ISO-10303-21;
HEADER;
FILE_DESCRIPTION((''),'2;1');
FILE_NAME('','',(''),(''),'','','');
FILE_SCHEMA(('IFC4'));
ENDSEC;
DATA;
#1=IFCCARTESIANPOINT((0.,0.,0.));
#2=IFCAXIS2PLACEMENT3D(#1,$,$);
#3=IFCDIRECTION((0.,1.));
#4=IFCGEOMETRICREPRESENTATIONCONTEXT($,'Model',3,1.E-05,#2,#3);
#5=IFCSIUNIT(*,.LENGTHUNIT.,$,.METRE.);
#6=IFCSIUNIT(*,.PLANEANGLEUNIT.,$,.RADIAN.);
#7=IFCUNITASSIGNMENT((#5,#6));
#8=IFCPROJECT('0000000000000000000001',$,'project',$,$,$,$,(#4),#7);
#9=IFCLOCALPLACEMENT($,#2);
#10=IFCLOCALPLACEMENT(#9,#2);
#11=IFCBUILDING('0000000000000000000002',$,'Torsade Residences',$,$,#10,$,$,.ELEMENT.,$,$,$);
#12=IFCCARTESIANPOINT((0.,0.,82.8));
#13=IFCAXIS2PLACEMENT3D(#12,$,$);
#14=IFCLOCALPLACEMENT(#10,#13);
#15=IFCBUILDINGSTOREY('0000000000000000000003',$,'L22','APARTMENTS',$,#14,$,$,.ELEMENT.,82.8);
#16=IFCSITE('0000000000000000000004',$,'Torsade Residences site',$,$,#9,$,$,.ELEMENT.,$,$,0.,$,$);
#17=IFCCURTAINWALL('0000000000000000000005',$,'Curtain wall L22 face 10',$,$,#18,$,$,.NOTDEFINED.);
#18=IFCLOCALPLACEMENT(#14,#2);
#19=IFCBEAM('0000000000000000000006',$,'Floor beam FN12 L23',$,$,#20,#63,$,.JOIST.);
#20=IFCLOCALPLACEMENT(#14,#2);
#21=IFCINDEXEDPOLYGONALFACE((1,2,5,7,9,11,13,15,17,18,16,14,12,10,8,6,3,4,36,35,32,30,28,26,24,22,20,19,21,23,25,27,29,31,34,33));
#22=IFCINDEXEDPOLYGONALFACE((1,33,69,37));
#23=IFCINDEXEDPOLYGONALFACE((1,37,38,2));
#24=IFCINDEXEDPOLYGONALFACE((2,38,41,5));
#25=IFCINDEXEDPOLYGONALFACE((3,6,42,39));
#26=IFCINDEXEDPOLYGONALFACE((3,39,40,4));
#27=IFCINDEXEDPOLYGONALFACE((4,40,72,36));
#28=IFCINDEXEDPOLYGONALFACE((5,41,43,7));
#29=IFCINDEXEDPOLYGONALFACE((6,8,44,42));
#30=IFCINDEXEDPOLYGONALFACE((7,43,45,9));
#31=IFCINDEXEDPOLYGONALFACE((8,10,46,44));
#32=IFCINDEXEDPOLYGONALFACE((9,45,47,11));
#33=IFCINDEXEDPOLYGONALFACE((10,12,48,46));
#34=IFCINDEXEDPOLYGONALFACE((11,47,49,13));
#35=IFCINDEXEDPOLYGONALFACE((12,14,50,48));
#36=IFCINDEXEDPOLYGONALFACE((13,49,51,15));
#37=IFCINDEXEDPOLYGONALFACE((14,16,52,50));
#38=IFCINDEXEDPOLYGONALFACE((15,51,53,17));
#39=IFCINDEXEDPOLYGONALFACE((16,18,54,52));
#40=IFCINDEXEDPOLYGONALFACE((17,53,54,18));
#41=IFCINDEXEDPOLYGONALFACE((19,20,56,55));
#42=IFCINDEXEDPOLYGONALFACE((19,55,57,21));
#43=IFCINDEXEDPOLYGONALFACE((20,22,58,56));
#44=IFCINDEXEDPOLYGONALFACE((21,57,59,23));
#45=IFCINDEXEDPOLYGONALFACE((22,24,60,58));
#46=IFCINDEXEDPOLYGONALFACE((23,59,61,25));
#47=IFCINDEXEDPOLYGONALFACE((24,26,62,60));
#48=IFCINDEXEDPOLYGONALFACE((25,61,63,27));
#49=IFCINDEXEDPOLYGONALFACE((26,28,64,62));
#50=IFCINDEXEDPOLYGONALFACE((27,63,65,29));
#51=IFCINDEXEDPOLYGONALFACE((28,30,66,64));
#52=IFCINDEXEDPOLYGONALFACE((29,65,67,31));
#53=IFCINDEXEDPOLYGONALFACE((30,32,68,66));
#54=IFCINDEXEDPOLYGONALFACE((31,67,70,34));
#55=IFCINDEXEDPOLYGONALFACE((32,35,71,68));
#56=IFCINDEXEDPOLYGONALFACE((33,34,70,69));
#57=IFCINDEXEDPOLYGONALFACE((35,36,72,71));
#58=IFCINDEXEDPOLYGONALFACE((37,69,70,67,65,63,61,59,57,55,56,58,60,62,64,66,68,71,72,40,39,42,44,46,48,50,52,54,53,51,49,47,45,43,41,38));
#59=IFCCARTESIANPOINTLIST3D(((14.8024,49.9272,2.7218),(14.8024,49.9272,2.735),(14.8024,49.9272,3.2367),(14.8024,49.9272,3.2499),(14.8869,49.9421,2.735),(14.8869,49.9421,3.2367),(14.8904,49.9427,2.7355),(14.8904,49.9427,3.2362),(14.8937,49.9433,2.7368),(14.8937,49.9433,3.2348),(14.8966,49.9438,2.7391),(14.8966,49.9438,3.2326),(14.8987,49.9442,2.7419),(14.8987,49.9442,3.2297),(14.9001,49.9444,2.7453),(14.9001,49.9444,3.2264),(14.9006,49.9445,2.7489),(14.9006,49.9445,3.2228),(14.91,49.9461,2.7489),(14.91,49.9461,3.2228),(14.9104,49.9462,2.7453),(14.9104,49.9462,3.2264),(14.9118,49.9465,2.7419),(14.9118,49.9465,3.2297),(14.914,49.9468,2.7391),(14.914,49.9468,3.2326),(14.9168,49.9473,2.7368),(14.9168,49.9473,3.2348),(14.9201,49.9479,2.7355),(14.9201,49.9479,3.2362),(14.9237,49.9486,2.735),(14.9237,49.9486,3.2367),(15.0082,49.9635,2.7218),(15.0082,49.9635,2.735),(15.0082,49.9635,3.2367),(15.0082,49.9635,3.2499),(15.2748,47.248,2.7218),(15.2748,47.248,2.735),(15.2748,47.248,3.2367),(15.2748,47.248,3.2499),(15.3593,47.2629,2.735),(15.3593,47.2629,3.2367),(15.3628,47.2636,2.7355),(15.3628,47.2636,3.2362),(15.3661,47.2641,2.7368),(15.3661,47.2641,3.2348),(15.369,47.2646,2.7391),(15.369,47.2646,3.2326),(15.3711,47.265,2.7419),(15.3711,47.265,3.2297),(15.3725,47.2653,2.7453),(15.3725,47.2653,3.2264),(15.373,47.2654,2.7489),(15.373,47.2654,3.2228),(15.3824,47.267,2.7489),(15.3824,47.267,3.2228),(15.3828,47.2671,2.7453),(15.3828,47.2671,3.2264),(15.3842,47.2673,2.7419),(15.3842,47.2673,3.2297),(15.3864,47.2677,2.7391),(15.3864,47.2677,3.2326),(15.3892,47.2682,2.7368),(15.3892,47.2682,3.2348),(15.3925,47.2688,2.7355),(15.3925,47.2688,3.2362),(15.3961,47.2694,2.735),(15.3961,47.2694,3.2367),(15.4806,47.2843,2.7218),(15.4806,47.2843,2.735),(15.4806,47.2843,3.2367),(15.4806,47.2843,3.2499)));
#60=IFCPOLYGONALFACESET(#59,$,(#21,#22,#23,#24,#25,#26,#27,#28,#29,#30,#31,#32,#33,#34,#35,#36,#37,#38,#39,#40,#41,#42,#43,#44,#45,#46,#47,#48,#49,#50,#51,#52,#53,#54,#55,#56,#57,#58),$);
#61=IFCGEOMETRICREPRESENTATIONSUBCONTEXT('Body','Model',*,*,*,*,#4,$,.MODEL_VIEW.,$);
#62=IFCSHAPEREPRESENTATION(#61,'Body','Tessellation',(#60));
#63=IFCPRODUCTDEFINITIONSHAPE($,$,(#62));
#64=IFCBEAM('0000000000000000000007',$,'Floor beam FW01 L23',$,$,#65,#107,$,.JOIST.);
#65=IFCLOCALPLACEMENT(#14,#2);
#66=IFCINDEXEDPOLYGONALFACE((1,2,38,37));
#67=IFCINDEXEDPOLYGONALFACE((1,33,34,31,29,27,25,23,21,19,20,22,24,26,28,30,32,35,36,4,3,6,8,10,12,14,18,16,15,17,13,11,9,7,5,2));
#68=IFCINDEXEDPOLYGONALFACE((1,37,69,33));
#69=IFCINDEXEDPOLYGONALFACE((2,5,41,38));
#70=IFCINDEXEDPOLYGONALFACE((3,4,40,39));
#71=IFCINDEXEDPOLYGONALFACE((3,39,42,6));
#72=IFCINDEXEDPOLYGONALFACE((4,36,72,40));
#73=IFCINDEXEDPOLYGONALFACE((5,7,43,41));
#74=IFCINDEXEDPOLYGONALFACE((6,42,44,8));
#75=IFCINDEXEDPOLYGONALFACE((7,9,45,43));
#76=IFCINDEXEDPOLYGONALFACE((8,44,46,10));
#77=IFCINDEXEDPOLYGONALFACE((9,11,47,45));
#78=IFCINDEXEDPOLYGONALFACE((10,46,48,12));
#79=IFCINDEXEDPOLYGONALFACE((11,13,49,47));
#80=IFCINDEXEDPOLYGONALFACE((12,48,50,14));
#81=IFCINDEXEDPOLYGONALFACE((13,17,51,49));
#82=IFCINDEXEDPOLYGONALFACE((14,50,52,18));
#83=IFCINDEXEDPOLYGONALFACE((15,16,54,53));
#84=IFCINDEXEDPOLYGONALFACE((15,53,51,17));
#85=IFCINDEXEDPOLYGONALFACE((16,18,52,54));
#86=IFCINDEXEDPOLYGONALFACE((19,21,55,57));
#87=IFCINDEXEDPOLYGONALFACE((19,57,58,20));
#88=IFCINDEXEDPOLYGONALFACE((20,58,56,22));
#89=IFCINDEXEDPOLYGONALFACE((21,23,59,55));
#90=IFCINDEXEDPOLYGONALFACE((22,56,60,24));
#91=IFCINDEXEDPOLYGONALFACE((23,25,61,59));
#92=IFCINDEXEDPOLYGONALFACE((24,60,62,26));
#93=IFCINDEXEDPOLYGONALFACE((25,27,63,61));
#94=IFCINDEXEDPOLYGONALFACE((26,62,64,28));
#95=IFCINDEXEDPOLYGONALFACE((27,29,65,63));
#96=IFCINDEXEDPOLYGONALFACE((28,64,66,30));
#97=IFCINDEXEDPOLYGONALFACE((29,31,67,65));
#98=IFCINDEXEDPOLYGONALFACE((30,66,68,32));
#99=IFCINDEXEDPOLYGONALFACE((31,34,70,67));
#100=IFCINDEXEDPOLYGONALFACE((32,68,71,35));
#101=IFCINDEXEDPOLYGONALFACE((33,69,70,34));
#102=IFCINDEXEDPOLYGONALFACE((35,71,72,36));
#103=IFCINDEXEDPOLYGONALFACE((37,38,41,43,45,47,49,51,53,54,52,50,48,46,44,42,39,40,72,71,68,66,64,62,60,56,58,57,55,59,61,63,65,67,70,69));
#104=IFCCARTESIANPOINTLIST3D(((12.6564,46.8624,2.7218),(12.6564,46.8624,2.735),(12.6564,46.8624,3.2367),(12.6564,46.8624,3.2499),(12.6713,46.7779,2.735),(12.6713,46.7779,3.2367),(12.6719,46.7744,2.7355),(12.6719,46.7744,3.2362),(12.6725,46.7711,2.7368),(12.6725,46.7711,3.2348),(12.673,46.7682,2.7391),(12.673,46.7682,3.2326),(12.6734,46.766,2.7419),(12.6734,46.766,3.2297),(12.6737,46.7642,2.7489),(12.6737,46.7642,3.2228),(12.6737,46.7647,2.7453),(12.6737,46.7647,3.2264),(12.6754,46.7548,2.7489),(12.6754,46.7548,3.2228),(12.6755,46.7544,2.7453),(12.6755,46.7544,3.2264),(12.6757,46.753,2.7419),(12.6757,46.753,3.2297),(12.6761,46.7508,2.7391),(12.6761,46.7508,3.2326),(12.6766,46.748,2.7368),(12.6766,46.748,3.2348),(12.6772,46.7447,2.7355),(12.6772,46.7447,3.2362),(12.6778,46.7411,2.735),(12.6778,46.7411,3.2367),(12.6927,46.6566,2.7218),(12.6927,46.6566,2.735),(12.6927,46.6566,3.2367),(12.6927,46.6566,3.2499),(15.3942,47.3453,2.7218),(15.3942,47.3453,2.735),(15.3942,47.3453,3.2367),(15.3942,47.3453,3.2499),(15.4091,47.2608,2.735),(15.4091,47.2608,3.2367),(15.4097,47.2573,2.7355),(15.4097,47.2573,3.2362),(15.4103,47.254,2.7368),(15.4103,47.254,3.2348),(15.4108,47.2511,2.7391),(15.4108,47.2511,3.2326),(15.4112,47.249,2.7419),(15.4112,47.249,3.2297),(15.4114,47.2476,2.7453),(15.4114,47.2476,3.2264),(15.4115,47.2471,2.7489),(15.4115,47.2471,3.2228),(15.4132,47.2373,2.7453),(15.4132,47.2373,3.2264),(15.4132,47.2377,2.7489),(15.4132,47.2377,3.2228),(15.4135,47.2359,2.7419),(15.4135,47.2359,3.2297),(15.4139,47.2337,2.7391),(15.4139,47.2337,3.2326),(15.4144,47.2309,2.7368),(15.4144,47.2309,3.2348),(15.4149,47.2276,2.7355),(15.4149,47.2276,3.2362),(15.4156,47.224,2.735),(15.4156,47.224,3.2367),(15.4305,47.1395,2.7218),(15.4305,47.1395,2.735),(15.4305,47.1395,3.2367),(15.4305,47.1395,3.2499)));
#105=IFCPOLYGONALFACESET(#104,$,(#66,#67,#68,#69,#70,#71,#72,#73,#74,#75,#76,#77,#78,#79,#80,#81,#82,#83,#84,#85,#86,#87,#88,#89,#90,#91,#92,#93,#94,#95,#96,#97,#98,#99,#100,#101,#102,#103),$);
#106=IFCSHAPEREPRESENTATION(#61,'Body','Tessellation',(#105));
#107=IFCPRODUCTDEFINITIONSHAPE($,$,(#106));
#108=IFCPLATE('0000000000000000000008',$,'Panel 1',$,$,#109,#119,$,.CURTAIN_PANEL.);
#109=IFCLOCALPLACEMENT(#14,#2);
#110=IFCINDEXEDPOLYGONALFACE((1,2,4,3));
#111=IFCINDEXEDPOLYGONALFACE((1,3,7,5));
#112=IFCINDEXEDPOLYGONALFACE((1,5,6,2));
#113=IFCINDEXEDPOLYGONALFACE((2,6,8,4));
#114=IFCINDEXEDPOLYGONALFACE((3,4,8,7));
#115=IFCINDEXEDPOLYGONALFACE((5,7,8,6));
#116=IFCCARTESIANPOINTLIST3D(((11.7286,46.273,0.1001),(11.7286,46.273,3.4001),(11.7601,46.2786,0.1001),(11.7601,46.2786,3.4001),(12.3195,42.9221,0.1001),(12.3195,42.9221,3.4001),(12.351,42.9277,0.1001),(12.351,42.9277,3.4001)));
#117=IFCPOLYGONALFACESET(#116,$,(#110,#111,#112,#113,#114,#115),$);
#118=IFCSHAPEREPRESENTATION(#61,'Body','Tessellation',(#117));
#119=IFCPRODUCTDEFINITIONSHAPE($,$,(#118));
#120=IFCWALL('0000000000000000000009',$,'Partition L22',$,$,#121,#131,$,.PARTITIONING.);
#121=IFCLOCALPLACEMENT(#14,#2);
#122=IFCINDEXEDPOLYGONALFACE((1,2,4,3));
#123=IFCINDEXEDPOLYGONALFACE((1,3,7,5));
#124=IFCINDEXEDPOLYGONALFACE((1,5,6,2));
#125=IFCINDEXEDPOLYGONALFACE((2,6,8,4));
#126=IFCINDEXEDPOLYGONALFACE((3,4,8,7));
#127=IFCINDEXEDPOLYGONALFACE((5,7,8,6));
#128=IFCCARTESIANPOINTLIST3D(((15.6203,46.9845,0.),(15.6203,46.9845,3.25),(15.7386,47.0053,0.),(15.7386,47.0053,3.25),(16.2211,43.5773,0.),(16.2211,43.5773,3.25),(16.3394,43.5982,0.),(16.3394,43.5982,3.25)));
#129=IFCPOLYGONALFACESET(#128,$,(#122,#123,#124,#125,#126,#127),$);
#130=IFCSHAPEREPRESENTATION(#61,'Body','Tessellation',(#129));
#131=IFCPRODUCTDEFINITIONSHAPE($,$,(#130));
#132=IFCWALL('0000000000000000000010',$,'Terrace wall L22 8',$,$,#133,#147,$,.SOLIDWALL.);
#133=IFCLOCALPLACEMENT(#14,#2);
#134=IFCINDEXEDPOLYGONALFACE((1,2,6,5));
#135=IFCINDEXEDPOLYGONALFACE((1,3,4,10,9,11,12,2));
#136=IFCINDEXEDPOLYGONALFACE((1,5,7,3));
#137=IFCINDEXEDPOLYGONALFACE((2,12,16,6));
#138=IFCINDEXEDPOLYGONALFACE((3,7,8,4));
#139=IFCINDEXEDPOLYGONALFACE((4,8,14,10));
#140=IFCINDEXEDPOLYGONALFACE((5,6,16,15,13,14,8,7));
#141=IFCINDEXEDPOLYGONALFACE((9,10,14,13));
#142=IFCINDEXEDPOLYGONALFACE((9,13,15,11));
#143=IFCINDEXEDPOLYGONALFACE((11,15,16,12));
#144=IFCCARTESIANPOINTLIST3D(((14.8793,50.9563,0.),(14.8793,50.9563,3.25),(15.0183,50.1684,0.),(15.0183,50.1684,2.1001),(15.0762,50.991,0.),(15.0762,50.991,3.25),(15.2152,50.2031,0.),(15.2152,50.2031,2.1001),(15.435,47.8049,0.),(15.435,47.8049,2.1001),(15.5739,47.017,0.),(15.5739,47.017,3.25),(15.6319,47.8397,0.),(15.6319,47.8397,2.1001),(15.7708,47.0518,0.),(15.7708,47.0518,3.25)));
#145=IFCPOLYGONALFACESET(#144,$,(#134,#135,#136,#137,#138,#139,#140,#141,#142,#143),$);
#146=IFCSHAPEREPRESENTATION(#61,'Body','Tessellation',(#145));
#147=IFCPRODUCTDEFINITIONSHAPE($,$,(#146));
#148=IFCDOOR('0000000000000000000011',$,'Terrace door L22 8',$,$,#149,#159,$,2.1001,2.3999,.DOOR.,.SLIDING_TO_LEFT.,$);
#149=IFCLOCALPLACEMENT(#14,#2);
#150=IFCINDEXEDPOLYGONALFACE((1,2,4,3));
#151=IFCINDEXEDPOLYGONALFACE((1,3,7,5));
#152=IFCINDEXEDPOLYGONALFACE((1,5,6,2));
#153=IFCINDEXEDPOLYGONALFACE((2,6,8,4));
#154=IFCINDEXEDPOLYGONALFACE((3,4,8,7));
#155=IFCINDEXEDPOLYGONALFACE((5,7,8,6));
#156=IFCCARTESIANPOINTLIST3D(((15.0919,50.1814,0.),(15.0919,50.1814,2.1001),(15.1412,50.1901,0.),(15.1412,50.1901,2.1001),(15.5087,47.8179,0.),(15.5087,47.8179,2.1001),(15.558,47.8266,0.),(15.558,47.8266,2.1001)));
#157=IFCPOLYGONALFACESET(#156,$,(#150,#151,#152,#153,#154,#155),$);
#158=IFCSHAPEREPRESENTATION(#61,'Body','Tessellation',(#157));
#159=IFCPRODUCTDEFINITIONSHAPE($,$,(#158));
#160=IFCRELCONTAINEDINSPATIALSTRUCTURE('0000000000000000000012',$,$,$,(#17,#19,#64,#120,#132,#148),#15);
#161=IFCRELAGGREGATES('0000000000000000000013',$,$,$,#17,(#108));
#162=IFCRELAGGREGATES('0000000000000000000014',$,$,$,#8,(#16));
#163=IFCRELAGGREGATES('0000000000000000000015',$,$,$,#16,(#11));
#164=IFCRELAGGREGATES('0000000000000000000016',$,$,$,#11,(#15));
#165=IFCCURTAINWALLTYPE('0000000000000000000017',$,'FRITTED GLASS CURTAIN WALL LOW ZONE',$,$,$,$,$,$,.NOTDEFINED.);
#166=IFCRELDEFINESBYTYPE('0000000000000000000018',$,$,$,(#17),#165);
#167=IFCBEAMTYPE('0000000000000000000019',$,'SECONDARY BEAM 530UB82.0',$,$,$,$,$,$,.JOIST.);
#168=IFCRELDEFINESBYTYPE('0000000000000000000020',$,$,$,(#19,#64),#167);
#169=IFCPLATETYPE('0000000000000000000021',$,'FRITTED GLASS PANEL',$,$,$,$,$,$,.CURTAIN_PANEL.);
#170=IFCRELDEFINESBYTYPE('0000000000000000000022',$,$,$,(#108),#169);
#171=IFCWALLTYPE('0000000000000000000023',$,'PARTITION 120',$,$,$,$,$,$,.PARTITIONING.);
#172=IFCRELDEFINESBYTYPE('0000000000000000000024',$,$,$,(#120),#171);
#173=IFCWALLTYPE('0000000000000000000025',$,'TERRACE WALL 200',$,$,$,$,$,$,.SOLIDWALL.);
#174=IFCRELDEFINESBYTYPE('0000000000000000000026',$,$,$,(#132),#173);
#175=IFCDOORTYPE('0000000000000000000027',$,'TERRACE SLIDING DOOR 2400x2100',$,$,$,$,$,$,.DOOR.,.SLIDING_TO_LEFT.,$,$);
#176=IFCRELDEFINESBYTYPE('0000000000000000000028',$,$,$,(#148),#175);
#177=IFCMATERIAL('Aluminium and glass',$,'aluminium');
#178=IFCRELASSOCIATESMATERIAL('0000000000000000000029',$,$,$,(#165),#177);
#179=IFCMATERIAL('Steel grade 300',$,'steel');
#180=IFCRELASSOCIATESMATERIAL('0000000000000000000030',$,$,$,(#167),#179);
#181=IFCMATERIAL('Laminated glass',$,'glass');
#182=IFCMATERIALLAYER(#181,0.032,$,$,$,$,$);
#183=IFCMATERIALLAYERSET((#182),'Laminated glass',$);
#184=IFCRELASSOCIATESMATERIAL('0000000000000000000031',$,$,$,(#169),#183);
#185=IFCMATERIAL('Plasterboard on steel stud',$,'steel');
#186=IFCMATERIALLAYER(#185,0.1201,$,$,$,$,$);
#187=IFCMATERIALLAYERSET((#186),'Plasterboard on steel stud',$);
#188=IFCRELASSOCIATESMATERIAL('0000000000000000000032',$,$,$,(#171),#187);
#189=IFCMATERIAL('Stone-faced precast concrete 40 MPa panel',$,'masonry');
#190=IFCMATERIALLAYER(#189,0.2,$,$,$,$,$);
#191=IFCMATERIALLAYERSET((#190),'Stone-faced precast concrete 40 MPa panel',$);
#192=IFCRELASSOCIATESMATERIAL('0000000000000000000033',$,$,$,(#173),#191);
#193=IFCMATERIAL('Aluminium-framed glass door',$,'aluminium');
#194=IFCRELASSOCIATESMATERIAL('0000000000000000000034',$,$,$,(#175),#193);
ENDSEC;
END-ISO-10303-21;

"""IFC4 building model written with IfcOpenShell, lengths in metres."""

from ifc_helpers import new_model, si_unit, direction, frame, frame_2d, origin, origin_2d, place, context, subcontext, project, spatial, rectangle, i_section, extrude, material, layer, layer_set, material_profile, profile_set, type_object, element, fill, aggregate, save


model = new_model("IFC4")

# Units and contexts
model_context = context("Model", 3, precision=1e-05, world=origin(), true_north=direction((0.0, 1.0)))
body_context = subcontext(model_context, "Body", "Model", "MODEL_VIEW")
ifc_project = project(units=[si_unit("LENGTHUNIT", "METRE"), si_unit("PLANEANGLEUNIT", "RADIAN")], contexts=[model_context])

# Site, building, storey
site_placement = place(None, origin())
site = spatial("IfcSite", under=ifc_project, at=site_placement, Name="Torsade Residences site", CompositionType="ELEMENT", RefElevation=0.0)
building_placement = place(site_placement, origin())
building = spatial("IfcBuilding", under=site, at=building_placement, Name="Torsade Residences", CompositionType="ELEMENT")
storey_placement = place(building_placement, frame((0.0, 0.0, 82.8)))
storey = spatial("IfcBuildingStorey", under=building, at=storey_placement, Name="L22", Description="APARTMENTS", CompositionType="ELEMENT", Elevation=82.8)

# Shared definitions
ifc_material_1 = material(Name="Aluminium and glass", Category="aluminium")
curtain_wall_type = type_object("IfcCurtainWallType", Name="FRITTED GLASS CURTAIN WALL LOW ZONE", PredefinedType="NOTDEFINED", material=ifc_material_1)

# Curtain wall
curtain_wall_1_placement = place(storey_placement, origin())
curtain_wall_1 = element("IfcCurtainWall", 1, at=curtain_wall_1_placement, inside=storey, type_object=curtain_wall_type, Name="Curtain wall L22 face 10", PredefinedType="NOTDEFINED")

# Beams
ifc_material_2 = material(Name="Steel grade 300", Category="steel")
ifc_material_profile_1 = material_profile(ifc_material_2, i_section(OverallWidth=0.209, OverallDepth=0.5281, WebThickness=0.0095, FlangeThickness=0.0132, FilletRadius=0.0139, at=origin_2d()), Name="530UB82.0")
ifc_profile_set_1 = profile_set([ifc_material_profile_1], Name="Steel grade 300")
beam_type_1 = type_object("IfcBeamType", Name="SECONDARY BEAM 530UB82.0", PredefinedType="JOIST", material=ifc_profile_set_1)
beam_1_placement = place(storey_placement, frame((14.9053, 49.9453, 2.9858), z_axis=(0.173647, -0.984808, 0.0), x_axis=(0.984808, 0.173647, 0.0)))
element("IfcBeam", 2, at=beam_1_placement, inside=storey, type_object=beam_type_1, Name="Floor beam FN12 L23", PredefinedType="JOIST", context=body_context, shape_type="SweptSolid", body=[
    extrude(i_section(OverallWidth=0.209, OverallDepth=0.5281, WebThickness=0.0095, FlangeThickness=0.0132, FilletRadius=0.0139, at=origin_2d()), origin(), (0.0, 0.0, 1.0), 2.7205),
])
beam_2_placement = place(storey_placement, frame((12.6746, 46.7595, 2.9858), z_axis=(0.984798, 0.173705, 0.0), x_axis=(-0.173705, 0.984798, 0.0)))
element("IfcBeam", 3, at=beam_2_placement, inside=storey, type_object=beam_type_1, Name="Floor beam FW01 L23", PredefinedType="JOIST", context=body_context, shape_type="SweptSolid", body=[
    extrude(i_section(OverallWidth=0.209, OverallDepth=0.5281, WebThickness=0.0095, FlangeThickness=0.0132, FilletRadius=0.0139, at=origin_2d()), origin(), (0.0, 0.0, 1.0), 2.78),
])

# Plate
ifc_material_3 = material(Name="Laminated glass", Category="glass")
ifc_layer_1 = layer(ifc_material_3, 0.032)
ifc_layer_set_1 = layer_set([ifc_layer_1], Name="Laminated glass")
plate_type = type_object("IfcPlateType", Name="FRITTED GLASS PANEL", PredefinedType="CURTAIN_PANEL", material=ifc_layer_set_1)
plate_placement = place(storey_placement, frame((12.0398, 44.6003, 0.1001), z_axis=(0.0, 0.0, 1.0), x_axis=(0.173648, -0.984808, 0.0)))
plate = element("IfcPlate", 4, at=plate_placement, type_object=plate_type, Name="Panel 1", PredefinedType="CURTAIN_PANEL", context=body_context, shape_type="SweptSolid", body=[
    extrude(rectangle(XDim=3.4026, YDim=0.032, at=origin_2d()), origin(), (0.0, 0.0, 1.0), 3.3),
])
aggregate(curtain_wall_1, [plate])

# Wall
ifc_material_4 = material(Name="Plasterboard on steel stud", Category="steel")
ifc_layer_2 = layer(ifc_material_4, 0.1201)
ifc_layer_set_2 = layer_set([ifc_layer_2], Name="Plasterboard on steel stud")
wall_type_1 = type_object("IfcWallType", Name="PARTITION 120", PredefinedType="PARTITIONING", material=ifc_layer_set_2)
wall_1_placement = place(storey_placement, frame((16.2803, 43.5876, 0.0), z_axis=(0.0, 0.0, 1.0), x_axis=(-0.173661, 0.984806, 0.0)))
element("IfcWall", 5, at=wall_1_placement, inside=storey, type_object=wall_type_1, Name="Partition L22", PredefinedType="PARTITIONING", context=body_context, shape_type="SweptSolid", body=[
    extrude(rectangle(XDim=3.4597, YDim=0.1201, at=frame_2d((1.73, 0.0))), origin(), (0.0, 0.0, 1.0), 3.25),
])

# Wall, opening, door
ifc_material_5 = material(Name="Stone-faced precast concrete 40 MPa panel", Category="masonry")
ifc_layer_3 = layer(ifc_material_5, 0.2)
ifc_layer_set_3 = layer_set([ifc_layer_3], Name="Stone-faced precast concrete 40 MPa panel")
wall_type_2 = type_object("IfcWallType", Name="TERRACE WALL 200", PredefinedType="SOLIDWALL", material=ifc_layer_set_3)
wall_2_placement = place(storey_placement, frame((14.9778, 50.9736, 0.0), z_axis=(0.0, 0.0, 1.0), x_axis=(0.173646, -0.984808, 0.0)))
wall_2 = element("IfcWall", 6, at=wall_2_placement, inside=storey, type_object=wall_type_2, Name="Terrace wall L22 8", PredefinedType="SOLIDWALL", context=body_context, shape_type="SweptSolid", body=[
    extrude(rectangle(XDim=4.0, YDim=0.2, at=frame_2d((2.0, 0.0))), origin(), (0.0, 0.0, 1.0), 3.25),
])
opening_1_placement = place(wall_2_placement, frame((0.8, 0.0, 0.0)))
opening_1 = element("IfcOpeningElement", 7, at=opening_1_placement, cuts=wall_2, PredefinedType="OPENING", context=body_context, shape_type="SweptSolid", body=[
    extrude(rectangle(XDim=2.3999, YDim=2.1001, at=frame_2d((1.2, 1.05))), frame((0.0, 0.1099, 0.0), z_axis=(0.0, -1.0, 0.0), x_axis=(1.0, 0.0, 0.0)), (0.0, 0.0, 1.0), 0.22),
])
ifc_material_6 = material(Name="Aluminium-framed glass door", Category="aluminium")
door_type = type_object("IfcDoorType", Name="TERRACE SLIDING DOOR 2400x2100", OperationType="SLIDING_TO_LEFT", PredefinedType="DOOR", material=ifc_material_6)
door_placement = place(opening_1_placement, origin())
door = element("IfcDoor", 8, at=door_placement, inside=storey, type_object=door_type, Name="Terrace door L22 8", OperationType="SLIDING_TO_LEFT", OverallHeight=2.1001, OverallWidth=2.3999, PredefinedType="DOOR", context=body_context, shape_type="SweptSolid", body=[
    extrude(rectangle(XDim=2.3999, YDim=2.1001, at=frame_2d((1.2, 1.05))), frame((0.0, 0.0249, 0.0), z_axis=(0.0, -1.0, 0.0), x_axis=(1.0, 0.0, 0.0)), (0.0, 0.0, 1.0), 0.05),
])
fill(opening_1, door)

save(model, "model.ifc")
